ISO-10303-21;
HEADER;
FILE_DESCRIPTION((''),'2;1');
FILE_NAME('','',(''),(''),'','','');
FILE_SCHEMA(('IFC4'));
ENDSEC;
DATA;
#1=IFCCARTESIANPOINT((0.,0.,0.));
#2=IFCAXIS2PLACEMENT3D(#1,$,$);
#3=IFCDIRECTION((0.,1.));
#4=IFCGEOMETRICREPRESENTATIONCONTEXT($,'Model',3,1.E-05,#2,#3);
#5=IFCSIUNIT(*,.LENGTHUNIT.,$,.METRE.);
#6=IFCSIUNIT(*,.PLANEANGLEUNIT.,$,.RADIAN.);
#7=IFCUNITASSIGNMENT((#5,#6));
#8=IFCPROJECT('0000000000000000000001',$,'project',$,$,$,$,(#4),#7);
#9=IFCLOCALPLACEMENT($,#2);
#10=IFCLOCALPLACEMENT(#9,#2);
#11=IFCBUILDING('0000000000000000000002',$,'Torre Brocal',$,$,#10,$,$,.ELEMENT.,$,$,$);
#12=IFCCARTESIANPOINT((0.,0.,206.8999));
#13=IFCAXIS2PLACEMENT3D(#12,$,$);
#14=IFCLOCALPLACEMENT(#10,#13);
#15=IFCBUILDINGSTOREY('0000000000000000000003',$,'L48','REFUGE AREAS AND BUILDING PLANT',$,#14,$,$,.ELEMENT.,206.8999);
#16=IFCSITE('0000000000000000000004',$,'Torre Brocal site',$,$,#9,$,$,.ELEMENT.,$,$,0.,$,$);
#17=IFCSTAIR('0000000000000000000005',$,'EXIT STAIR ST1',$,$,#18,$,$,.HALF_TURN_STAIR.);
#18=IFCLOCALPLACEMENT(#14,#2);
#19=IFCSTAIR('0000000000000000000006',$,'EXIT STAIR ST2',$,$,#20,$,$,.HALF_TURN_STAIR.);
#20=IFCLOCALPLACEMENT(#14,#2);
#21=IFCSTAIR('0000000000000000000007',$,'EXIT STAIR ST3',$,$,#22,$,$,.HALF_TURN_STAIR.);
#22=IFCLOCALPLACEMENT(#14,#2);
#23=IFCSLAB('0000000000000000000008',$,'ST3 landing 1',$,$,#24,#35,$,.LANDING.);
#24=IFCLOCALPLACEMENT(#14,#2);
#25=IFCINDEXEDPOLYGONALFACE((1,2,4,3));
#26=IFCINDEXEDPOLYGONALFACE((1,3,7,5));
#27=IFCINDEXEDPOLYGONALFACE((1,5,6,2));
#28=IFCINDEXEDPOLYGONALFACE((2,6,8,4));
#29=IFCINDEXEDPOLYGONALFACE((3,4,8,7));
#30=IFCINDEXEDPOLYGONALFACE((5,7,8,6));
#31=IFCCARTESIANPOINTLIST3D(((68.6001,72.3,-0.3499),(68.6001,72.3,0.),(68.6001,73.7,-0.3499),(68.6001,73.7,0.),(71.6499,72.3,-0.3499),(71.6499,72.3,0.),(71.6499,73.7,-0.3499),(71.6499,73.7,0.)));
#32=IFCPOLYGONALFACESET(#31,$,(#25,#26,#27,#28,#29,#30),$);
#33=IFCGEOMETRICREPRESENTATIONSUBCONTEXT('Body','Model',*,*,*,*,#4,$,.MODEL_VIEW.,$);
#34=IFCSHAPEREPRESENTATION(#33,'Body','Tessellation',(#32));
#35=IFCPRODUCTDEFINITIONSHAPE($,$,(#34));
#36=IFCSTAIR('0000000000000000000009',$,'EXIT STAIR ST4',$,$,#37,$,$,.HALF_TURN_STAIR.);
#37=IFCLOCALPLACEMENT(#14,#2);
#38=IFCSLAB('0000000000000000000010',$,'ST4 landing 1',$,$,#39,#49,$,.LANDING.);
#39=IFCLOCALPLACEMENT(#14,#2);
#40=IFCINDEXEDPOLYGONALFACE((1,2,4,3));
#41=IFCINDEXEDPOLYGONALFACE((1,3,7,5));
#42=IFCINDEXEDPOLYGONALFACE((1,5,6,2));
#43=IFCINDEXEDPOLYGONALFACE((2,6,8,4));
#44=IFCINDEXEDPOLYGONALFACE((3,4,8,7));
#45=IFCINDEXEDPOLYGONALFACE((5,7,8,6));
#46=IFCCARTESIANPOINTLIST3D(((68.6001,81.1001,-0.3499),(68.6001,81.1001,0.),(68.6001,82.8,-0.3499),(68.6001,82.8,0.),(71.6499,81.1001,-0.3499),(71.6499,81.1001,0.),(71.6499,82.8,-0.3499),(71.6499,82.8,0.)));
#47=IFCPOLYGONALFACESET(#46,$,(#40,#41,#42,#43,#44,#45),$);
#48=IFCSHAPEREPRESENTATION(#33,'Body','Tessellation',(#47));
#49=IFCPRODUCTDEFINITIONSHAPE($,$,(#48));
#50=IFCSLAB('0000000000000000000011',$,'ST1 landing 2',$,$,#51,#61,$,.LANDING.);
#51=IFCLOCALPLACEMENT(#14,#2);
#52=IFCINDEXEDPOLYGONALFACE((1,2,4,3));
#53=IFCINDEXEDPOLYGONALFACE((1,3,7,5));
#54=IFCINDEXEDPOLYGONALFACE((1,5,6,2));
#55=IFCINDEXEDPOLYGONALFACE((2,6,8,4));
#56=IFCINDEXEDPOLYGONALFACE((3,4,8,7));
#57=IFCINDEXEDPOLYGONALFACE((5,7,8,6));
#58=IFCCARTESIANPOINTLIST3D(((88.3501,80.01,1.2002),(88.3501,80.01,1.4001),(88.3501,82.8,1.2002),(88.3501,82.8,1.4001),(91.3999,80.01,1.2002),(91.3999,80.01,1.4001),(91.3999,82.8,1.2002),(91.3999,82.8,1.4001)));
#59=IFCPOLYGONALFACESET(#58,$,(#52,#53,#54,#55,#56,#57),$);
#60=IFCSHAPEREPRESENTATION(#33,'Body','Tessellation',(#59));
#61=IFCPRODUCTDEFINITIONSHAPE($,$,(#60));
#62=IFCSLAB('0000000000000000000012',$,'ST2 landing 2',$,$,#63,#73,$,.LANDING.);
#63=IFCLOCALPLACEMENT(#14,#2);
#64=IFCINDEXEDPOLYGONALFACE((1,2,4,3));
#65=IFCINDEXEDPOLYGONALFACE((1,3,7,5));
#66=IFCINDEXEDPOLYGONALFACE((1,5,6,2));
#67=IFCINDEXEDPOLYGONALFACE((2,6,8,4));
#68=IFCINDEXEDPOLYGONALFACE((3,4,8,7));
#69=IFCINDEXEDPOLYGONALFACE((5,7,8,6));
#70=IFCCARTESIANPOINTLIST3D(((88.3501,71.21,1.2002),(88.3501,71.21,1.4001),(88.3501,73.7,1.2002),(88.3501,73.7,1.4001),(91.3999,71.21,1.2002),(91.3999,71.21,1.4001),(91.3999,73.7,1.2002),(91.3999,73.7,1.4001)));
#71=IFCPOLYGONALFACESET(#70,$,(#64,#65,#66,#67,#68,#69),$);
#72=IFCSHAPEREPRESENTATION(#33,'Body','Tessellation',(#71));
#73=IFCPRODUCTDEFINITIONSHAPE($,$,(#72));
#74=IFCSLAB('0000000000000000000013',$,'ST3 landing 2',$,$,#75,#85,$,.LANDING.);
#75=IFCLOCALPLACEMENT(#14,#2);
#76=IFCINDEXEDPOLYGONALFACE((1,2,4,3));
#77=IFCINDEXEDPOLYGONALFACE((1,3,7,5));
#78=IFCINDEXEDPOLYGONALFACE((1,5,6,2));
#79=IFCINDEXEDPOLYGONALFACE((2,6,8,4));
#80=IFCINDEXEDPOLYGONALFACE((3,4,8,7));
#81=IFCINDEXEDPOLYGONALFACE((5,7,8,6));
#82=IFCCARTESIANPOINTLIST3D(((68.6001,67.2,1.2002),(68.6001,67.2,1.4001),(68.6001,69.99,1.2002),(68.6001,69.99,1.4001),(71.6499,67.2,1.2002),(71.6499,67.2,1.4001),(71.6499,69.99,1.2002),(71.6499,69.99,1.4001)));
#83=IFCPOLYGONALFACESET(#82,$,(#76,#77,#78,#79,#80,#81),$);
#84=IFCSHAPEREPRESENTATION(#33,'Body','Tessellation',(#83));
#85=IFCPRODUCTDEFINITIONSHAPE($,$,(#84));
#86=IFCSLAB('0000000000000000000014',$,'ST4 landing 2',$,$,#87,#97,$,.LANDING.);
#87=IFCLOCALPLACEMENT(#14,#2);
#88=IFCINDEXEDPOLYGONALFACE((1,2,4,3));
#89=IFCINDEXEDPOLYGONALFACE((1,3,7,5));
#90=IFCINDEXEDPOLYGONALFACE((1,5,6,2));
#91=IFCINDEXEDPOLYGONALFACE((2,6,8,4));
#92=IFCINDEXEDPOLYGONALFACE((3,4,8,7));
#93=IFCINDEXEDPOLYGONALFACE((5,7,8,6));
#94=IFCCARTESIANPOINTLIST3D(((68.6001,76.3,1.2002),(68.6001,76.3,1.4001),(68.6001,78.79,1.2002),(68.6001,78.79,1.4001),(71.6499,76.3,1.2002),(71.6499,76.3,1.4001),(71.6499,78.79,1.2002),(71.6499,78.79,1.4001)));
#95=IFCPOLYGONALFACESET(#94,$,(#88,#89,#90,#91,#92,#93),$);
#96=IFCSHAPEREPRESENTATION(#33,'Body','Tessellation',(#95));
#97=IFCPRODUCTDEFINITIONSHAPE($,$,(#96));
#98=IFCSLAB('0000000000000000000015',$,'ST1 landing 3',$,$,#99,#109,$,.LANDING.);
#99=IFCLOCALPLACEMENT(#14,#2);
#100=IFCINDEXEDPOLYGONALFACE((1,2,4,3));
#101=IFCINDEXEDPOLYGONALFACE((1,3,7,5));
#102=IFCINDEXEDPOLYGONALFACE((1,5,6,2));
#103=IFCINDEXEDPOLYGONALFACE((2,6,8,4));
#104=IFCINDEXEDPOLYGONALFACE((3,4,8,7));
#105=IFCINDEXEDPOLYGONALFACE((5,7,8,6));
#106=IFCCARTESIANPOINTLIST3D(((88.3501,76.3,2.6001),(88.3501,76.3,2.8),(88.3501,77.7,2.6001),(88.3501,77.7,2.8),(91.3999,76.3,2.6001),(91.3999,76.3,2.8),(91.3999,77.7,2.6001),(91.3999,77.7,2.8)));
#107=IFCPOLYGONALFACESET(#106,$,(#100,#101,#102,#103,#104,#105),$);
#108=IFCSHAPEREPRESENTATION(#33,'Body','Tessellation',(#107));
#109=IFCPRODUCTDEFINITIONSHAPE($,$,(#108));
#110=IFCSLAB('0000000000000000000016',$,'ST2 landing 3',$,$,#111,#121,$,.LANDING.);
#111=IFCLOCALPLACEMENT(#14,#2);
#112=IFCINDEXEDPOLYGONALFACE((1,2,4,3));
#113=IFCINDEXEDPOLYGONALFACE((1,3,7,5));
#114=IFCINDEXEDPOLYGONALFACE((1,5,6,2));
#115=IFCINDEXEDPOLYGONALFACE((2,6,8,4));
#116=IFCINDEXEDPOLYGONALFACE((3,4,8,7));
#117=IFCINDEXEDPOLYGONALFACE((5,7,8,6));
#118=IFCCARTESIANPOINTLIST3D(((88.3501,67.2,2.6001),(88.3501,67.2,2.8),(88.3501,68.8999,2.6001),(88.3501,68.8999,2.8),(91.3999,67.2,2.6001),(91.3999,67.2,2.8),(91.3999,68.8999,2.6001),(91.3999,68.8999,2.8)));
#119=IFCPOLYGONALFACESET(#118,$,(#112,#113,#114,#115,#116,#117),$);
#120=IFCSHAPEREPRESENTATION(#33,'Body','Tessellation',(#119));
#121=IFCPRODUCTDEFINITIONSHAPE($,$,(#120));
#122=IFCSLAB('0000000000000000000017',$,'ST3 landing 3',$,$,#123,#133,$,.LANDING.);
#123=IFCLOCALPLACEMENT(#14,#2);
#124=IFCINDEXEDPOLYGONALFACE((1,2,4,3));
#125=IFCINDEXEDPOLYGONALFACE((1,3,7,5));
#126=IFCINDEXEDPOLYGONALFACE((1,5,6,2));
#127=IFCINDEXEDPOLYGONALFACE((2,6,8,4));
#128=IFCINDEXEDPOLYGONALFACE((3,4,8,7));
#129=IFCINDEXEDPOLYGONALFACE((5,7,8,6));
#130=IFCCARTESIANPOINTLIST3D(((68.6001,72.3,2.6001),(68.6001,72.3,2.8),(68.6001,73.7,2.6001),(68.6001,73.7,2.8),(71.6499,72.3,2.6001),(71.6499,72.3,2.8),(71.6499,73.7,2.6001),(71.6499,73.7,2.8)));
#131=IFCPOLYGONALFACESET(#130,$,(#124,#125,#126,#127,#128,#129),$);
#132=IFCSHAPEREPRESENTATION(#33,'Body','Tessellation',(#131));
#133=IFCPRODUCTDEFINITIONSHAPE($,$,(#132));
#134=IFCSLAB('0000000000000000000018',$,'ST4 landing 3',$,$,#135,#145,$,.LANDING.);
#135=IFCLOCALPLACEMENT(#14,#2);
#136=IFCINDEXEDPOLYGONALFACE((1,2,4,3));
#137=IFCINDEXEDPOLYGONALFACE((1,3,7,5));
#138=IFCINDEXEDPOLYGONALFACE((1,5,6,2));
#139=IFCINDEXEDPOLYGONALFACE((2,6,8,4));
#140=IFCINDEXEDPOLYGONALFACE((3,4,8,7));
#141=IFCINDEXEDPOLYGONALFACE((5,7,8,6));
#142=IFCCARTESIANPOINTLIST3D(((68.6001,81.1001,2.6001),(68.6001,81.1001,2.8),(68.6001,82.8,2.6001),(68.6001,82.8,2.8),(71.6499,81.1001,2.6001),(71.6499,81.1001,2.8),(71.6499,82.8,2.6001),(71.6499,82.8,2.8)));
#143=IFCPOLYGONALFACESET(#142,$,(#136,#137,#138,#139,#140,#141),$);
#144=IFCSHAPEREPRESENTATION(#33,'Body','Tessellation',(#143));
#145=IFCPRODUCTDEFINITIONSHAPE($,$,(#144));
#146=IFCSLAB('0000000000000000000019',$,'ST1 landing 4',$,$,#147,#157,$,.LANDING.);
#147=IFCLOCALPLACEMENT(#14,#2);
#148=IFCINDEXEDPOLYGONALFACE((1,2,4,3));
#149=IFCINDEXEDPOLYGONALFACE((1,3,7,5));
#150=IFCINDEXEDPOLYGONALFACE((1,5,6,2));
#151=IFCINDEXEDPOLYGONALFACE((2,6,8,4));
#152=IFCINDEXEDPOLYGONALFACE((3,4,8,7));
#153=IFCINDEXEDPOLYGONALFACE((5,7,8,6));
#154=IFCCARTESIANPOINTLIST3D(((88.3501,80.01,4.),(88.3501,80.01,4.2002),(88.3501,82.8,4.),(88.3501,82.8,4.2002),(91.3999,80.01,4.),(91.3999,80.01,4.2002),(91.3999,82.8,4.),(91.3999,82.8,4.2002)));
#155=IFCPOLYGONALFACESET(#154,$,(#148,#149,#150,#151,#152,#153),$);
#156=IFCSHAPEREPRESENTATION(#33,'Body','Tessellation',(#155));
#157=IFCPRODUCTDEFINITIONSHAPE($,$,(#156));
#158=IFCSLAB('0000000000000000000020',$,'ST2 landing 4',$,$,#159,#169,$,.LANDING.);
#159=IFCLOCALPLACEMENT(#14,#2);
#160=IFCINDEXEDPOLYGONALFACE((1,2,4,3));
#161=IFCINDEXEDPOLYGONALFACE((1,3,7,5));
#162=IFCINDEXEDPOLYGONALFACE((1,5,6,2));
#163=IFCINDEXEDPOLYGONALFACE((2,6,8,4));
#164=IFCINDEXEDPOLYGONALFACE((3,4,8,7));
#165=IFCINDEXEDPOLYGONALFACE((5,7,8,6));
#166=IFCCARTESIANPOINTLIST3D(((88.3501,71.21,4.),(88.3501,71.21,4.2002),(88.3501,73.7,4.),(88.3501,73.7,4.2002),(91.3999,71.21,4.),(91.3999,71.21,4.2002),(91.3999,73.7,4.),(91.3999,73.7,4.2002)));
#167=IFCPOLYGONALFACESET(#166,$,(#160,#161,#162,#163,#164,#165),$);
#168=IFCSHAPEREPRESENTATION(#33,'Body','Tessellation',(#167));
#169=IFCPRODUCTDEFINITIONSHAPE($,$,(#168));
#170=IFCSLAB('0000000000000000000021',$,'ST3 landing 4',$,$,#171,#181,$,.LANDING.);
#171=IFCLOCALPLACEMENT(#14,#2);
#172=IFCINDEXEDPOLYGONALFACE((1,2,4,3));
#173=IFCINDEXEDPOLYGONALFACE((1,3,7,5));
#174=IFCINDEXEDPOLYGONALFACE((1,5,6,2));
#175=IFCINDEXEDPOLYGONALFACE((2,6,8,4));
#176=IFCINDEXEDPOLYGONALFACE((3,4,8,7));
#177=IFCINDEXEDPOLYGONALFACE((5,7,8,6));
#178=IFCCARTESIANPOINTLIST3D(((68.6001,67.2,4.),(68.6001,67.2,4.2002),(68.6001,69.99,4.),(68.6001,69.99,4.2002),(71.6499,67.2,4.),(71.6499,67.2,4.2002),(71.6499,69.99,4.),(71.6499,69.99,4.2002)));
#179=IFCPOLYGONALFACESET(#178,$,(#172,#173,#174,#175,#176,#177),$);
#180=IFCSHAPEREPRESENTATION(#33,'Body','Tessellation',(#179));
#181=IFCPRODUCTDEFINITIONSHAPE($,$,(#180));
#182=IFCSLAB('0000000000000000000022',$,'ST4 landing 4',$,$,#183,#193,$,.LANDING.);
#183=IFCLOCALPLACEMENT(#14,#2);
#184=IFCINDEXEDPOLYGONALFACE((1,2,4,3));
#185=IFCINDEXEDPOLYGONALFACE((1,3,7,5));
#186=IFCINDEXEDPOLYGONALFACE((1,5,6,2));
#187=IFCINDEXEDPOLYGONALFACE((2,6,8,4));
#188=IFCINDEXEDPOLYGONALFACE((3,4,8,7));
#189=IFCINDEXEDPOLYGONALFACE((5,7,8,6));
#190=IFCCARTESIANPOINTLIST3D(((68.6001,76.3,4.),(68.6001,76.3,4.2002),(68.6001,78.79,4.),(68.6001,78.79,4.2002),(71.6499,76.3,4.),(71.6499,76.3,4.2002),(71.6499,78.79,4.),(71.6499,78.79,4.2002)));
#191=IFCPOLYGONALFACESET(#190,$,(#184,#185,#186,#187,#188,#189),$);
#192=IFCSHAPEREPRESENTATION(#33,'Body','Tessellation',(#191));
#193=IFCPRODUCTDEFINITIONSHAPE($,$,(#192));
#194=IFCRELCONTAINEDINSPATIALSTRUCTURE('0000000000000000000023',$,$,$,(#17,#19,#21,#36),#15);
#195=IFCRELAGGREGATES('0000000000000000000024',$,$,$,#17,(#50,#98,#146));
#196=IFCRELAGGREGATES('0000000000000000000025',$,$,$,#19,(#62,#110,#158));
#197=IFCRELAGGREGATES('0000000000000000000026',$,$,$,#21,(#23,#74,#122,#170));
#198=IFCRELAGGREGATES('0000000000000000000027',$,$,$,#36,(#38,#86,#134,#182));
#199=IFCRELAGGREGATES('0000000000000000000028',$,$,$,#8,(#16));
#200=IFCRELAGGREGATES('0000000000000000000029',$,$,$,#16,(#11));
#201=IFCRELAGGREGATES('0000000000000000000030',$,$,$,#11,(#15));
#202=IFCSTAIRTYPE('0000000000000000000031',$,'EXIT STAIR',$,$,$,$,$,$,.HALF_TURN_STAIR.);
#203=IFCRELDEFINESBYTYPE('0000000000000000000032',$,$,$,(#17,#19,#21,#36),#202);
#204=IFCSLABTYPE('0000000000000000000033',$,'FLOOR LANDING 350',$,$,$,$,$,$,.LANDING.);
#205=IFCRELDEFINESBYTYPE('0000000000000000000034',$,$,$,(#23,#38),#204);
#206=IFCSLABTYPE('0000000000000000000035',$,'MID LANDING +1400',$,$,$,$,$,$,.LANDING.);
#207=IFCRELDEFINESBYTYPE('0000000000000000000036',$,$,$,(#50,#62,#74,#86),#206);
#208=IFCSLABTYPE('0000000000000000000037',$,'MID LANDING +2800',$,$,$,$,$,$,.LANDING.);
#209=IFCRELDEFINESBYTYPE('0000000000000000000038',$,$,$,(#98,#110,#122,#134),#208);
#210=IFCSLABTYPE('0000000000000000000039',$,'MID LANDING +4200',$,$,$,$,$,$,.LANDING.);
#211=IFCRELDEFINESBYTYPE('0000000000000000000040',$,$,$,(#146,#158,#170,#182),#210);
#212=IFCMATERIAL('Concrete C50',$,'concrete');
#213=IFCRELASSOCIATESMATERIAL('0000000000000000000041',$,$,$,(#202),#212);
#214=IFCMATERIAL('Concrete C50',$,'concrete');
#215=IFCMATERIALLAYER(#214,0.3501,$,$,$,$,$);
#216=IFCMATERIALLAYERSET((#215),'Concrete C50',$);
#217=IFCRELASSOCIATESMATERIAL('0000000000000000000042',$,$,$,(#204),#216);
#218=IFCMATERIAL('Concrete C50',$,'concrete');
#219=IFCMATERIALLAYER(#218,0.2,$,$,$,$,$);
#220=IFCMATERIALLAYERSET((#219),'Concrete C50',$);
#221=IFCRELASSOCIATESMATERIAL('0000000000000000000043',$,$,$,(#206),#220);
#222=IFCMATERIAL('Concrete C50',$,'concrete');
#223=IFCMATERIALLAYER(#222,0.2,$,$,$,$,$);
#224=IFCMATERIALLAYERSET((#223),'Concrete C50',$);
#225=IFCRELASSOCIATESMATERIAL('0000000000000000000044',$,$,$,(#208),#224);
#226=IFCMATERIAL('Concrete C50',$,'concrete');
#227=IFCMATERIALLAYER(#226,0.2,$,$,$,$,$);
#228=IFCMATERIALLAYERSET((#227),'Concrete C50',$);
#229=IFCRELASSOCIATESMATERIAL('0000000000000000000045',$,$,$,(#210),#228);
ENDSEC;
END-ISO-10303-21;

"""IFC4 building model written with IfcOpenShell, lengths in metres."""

from ifc_helpers import new_model, si_unit, direction, frame, origin, place, context, subcontext, project, spatial, polyline, outline, extrude, material, layer, layer_set, type_object, element, aggregate, save


model = new_model("IFC4")

# Units and contexts
model_context = context("Model", 3, precision=1e-05, world=origin(), true_north=direction((0.0, 1.0)))
body_context = subcontext(model_context, "Body", "Model", "MODEL_VIEW")
ifc_project = project(units=[si_unit("LENGTHUNIT", "METRE"), si_unit("PLANEANGLEUNIT", "RADIAN")], contexts=[model_context])

# Site, building, storey
site_placement = place(None, origin())
site = spatial("IfcSite", under=ifc_project, at=site_placement, Name="Torre Brocal site", CompositionType="ELEMENT", RefElevation=0.0)
building_placement = place(site_placement, origin())
building = spatial("IfcBuilding", under=site, at=building_placement, Name="Torre Brocal", CompositionType="ELEMENT")
storey_placement = place(building_placement, frame((0.0, 0.0, 206.8999)))
storey = spatial("IfcBuildingStorey", under=building, at=storey_placement, Name="L48", Description="REFUGE AREAS AND BUILDING PLANT", CompositionType="ELEMENT", Elevation=206.8999)

# Stairs, slabs
ifc_material_1 = material(Name="Concrete C50", Category="concrete")
stair_type = type_object("IfcStairType", Name="EXIT STAIR", PredefinedType="HALF_TURN_STAIR", material=ifc_material_1)
stair_1_placement = place(storey_placement, origin())
stair_1 = element("IfcStair", 1, at=stair_1_placement, inside=storey, type_object=stair_type, Name="EXIT STAIR ST1", PredefinedType="HALF_TURN_STAIR")
ifc_material_2 = material(Name="Concrete C50", Category="concrete")
ifc_layer_1 = layer(ifc_material_2, 0.3501)
ifc_layer_set_1 = layer_set([ifc_layer_1], Name="Concrete C50")
slab_type_1 = type_object("IfcSlabType", Name="FLOOR LANDING 350", PredefinedType="LANDING", material=ifc_layer_set_1)
stair_2_placement = place(storey_placement, origin())
stair_2 = element("IfcStair", 2, at=stair_2_placement, inside=storey, type_object=stair_type, Name="EXIT STAIR ST2", PredefinedType="HALF_TURN_STAIR")
stair_3_placement = place(storey_placement, origin())
stair_3 = element("IfcStair", 3, at=stair_3_placement, inside=storey, type_object=stair_type, Name="EXIT STAIR ST3", PredefinedType="HALF_TURN_STAIR")
slab_1_placement = place(storey_placement, frame((0.0, 0.0, -0.3499)))
slab_1 = element("IfcSlab", 4, at=slab_1_placement, type_object=slab_type_1, Name="ST3 landing 1", PredefinedType="LANDING", context=body_context, shape_type="SweptSolid", body=[
    extrude(outline(polyline([(71.6499, 73.7), (68.6001, 73.7), (68.6001, 72.3), (71.6499, 72.3), (71.6499, 73.7)])), origin(), (0.0, 0.0, 1.0), 0.3499),
])
stair_4_placement = place(storey_placement, origin())
stair_4 = element("IfcStair", 5, at=stair_4_placement, inside=storey, type_object=stair_type, Name="EXIT STAIR ST4", PredefinedType="HALF_TURN_STAIR")
slab_2_placement = place(storey_placement, frame((0.0, 0.0, -0.3499)))
slab_2 = element("IfcSlab", 6, at=slab_2_placement, type_object=slab_type_1, Name="ST4 landing 1", PredefinedType="LANDING", context=body_context, shape_type="SweptSolid", body=[
    extrude(outline(polyline([(71.6499, 82.8), (68.6001, 82.8), (68.6001, 81.1001), (71.6499, 81.1001), (71.6499, 82.8)])), origin(), (0.0, 0.0, 1.0), 0.3499),
])

# Slabs
ifc_material_3 = material(Name="Concrete C50", Category="concrete")
ifc_layer_2 = layer(ifc_material_3, 0.2)
ifc_layer_set_2 = layer_set([ifc_layer_2], Name="Concrete C50")
slab_type_2 = type_object("IfcSlabType", Name="MID LANDING +1400", PredefinedType="LANDING", material=ifc_layer_set_2)
slab_3_placement = place(storey_placement, frame((0.0, 0.0, 1.2002)))
slab_3 = element("IfcSlab", 7, at=slab_3_placement, type_object=slab_type_2, Name="ST1 landing 2", PredefinedType="LANDING", context=body_context, shape_type="SweptSolid", body=[
    extrude(outline(polyline([(88.3501, 80.01), (91.3999, 80.01), (91.3999, 82.8), (88.3501, 82.8), (88.3501, 80.01)])), origin(), (0.0, 0.0, 1.0), 0.2),
])
slab_4_placement = place(storey_placement, frame((0.0, 0.0, 1.2002)))
slab_4 = element("IfcSlab", 8, at=slab_4_placement, type_object=slab_type_2, Name="ST2 landing 2", PredefinedType="LANDING", context=body_context, shape_type="SweptSolid", body=[
    extrude(outline(polyline([(88.3501, 71.21), (91.3999, 71.21), (91.3999, 73.7), (88.3501, 73.7), (88.3501, 71.21)])), origin(), (0.0, 0.0, 1.0), 0.2),
])
slab_5_placement = place(storey_placement, frame((0.0, 0.0, 1.2002)))
slab_5 = element("IfcSlab", 9, at=slab_5_placement, type_object=slab_type_2, Name="ST3 landing 2", PredefinedType="LANDING", context=body_context, shape_type="SweptSolid", body=[
    extrude(outline(polyline([(71.6499, 69.99), (68.6001, 69.99), (68.6001, 67.2), (71.6499, 67.2), (71.6499, 69.99)])), origin(), (0.0, 0.0, 1.0), 0.2),
])
slab_6_placement = place(storey_placement, frame((0.0, 0.0, 1.2002)))
slab_6 = element("IfcSlab", 10, at=slab_6_placement, type_object=slab_type_2, Name="ST4 landing 2", PredefinedType="LANDING", context=body_context, shape_type="SweptSolid", body=[
    extrude(outline(polyline([(71.6499, 78.79), (68.6001, 78.79), (68.6001, 76.3), (71.6499, 76.3), (71.6499, 78.79)])), origin(), (0.0, 0.0, 1.0), 0.2),
])
ifc_material_4 = material(Name="Concrete C50", Category="concrete")
ifc_layer_3 = layer(ifc_material_4, 0.2)
ifc_layer_set_3 = layer_set([ifc_layer_3], Name="Concrete C50")
slab_type_3 = type_object("IfcSlabType", Name="MID LANDING +2800", PredefinedType="LANDING", material=ifc_layer_set_3)
slab_7_placement = place(storey_placement, frame((0.0, 0.0, 2.6001)))
slab_7 = element("IfcSlab", 11, at=slab_7_placement, type_object=slab_type_3, Name="ST1 landing 3", PredefinedType="LANDING", context=body_context, shape_type="SweptSolid", body=[
    extrude(outline(polyline([(88.3501, 76.3), (91.3999, 76.3), (91.3999, 77.7), (88.3501, 77.7), (88.3501, 76.3)])), origin(), (0.0, 0.0, 1.0), 0.2),
])
slab_8_placement = place(storey_placement, frame((0.0, 0.0, 2.6001)))
slab_8 = element("IfcSlab", 12, at=slab_8_placement, type_object=slab_type_3, Name="ST2 landing 3", PredefinedType="LANDING", context=body_context, shape_type="SweptSolid", body=[
    extrude(outline(polyline([(88.3501, 67.2), (91.3999, 67.2), (91.3999, 68.8999), (88.3501, 68.8999), (88.3501, 67.2)])), origin(), (0.0, 0.0, 1.0), 0.2),
])
slab_9_placement = place(storey_placement, frame((0.0, 0.0, 2.6001)))
slab_9 = element("IfcSlab", 13, at=slab_9_placement, type_object=slab_type_3, Name="ST3 landing 3", PredefinedType="LANDING", context=body_context, shape_type="SweptSolid", body=[
    extrude(outline(polyline([(71.6499, 73.7), (68.6001, 73.7), (68.6001, 72.3), (71.6499, 72.3), (71.6499, 73.7)])), origin(), (0.0, 0.0, 1.0), 0.2),
])
slab_10_placement = place(storey_placement, frame((0.0, 0.0, 2.6001)))
slab_10 = element("IfcSlab", 14, at=slab_10_placement, type_object=slab_type_3, Name="ST4 landing 3", PredefinedType="LANDING", context=body_context, shape_type="SweptSolid", body=[
    extrude(outline(polyline([(71.6499, 82.8), (68.6001, 82.8), (68.6001, 81.1001), (71.6499, 81.1001), (71.6499, 82.8)])), origin(), (0.0, 0.0, 1.0), 0.2),
])
ifc_material_5 = material(Name="Concrete C50", Category="concrete")
ifc_layer_4 = layer(ifc_material_5, 0.2)
ifc_layer_set_4 = layer_set([ifc_layer_4], Name="Concrete C50")
slab_type_4 = type_object("IfcSlabType", Name="MID LANDING +4200", PredefinedType="LANDING", material=ifc_layer_set_4)
slab_11_placement = place(storey_placement, frame((0.0, 0.0, 4.0)))
slab_11 = element("IfcSlab", 15, at=slab_11_placement, type_object=slab_type_4, Name="ST1 landing 4", PredefinedType="LANDING", context=body_context, shape_type="SweptSolid", body=[
    extrude(outline(polyline([(88.3501, 80.01), (91.3999, 80.01), (91.3999, 82.8), (88.3501, 82.8), (88.3501, 80.01)])), origin(), (0.0, 0.0, 1.0), 0.2002),
])
aggregate(stair_1, [slab_3, slab_7, slab_11])
slab_12_placement = place(storey_placement, frame((0.0, 0.0, 4.0)))
slab_12 = element("IfcSlab", 16, at=slab_12_placement, type_object=slab_type_4, Name="ST2 landing 4", PredefinedType="LANDING", context=body_context, shape_type="SweptSolid", body=[
    extrude(outline(polyline([(88.3501, 71.21), (91.3999, 71.21), (91.3999, 73.7), (88.3501, 73.7), (88.3501, 71.21)])), origin(), (0.0, 0.0, 1.0), 0.2002),
])
aggregate(stair_2, [slab_4, slab_8, slab_12])
slab_13_placement = place(storey_placement, frame((0.0, 0.0, 4.0)))
slab_13 = element("IfcSlab", 17, at=slab_13_placement, type_object=slab_type_4, Name="ST3 landing 4", PredefinedType="LANDING", context=body_context, shape_type="SweptSolid", body=[
    extrude(outline(polyline([(71.6499, 69.99), (68.6001, 69.99), (68.6001, 67.2), (71.6499, 67.2), (71.6499, 69.99)])), origin(), (0.0, 0.0, 1.0), 0.2002),
])
aggregate(stair_3, [slab_1, slab_5, slab_9, slab_13])
slab_14_placement = place(storey_placement, frame((0.0, 0.0, 4.0)))
slab_14 = element("IfcSlab", 18, at=slab_14_placement, type_object=slab_type_4, Name="ST4 landing 4", PredefinedType="LANDING", context=body_context, shape_type="SweptSolid", body=[
    extrude(outline(polyline([(71.6499, 78.79), (68.6001, 78.79), (68.6001, 76.3), (71.6499, 76.3), (71.6499, 78.79)])), origin(), (0.0, 0.0, 1.0), 0.2002),
])
aggregate(stair_4, [slab_2, slab_6, slab_10, slab_14])

save(model, "model.ifc")
